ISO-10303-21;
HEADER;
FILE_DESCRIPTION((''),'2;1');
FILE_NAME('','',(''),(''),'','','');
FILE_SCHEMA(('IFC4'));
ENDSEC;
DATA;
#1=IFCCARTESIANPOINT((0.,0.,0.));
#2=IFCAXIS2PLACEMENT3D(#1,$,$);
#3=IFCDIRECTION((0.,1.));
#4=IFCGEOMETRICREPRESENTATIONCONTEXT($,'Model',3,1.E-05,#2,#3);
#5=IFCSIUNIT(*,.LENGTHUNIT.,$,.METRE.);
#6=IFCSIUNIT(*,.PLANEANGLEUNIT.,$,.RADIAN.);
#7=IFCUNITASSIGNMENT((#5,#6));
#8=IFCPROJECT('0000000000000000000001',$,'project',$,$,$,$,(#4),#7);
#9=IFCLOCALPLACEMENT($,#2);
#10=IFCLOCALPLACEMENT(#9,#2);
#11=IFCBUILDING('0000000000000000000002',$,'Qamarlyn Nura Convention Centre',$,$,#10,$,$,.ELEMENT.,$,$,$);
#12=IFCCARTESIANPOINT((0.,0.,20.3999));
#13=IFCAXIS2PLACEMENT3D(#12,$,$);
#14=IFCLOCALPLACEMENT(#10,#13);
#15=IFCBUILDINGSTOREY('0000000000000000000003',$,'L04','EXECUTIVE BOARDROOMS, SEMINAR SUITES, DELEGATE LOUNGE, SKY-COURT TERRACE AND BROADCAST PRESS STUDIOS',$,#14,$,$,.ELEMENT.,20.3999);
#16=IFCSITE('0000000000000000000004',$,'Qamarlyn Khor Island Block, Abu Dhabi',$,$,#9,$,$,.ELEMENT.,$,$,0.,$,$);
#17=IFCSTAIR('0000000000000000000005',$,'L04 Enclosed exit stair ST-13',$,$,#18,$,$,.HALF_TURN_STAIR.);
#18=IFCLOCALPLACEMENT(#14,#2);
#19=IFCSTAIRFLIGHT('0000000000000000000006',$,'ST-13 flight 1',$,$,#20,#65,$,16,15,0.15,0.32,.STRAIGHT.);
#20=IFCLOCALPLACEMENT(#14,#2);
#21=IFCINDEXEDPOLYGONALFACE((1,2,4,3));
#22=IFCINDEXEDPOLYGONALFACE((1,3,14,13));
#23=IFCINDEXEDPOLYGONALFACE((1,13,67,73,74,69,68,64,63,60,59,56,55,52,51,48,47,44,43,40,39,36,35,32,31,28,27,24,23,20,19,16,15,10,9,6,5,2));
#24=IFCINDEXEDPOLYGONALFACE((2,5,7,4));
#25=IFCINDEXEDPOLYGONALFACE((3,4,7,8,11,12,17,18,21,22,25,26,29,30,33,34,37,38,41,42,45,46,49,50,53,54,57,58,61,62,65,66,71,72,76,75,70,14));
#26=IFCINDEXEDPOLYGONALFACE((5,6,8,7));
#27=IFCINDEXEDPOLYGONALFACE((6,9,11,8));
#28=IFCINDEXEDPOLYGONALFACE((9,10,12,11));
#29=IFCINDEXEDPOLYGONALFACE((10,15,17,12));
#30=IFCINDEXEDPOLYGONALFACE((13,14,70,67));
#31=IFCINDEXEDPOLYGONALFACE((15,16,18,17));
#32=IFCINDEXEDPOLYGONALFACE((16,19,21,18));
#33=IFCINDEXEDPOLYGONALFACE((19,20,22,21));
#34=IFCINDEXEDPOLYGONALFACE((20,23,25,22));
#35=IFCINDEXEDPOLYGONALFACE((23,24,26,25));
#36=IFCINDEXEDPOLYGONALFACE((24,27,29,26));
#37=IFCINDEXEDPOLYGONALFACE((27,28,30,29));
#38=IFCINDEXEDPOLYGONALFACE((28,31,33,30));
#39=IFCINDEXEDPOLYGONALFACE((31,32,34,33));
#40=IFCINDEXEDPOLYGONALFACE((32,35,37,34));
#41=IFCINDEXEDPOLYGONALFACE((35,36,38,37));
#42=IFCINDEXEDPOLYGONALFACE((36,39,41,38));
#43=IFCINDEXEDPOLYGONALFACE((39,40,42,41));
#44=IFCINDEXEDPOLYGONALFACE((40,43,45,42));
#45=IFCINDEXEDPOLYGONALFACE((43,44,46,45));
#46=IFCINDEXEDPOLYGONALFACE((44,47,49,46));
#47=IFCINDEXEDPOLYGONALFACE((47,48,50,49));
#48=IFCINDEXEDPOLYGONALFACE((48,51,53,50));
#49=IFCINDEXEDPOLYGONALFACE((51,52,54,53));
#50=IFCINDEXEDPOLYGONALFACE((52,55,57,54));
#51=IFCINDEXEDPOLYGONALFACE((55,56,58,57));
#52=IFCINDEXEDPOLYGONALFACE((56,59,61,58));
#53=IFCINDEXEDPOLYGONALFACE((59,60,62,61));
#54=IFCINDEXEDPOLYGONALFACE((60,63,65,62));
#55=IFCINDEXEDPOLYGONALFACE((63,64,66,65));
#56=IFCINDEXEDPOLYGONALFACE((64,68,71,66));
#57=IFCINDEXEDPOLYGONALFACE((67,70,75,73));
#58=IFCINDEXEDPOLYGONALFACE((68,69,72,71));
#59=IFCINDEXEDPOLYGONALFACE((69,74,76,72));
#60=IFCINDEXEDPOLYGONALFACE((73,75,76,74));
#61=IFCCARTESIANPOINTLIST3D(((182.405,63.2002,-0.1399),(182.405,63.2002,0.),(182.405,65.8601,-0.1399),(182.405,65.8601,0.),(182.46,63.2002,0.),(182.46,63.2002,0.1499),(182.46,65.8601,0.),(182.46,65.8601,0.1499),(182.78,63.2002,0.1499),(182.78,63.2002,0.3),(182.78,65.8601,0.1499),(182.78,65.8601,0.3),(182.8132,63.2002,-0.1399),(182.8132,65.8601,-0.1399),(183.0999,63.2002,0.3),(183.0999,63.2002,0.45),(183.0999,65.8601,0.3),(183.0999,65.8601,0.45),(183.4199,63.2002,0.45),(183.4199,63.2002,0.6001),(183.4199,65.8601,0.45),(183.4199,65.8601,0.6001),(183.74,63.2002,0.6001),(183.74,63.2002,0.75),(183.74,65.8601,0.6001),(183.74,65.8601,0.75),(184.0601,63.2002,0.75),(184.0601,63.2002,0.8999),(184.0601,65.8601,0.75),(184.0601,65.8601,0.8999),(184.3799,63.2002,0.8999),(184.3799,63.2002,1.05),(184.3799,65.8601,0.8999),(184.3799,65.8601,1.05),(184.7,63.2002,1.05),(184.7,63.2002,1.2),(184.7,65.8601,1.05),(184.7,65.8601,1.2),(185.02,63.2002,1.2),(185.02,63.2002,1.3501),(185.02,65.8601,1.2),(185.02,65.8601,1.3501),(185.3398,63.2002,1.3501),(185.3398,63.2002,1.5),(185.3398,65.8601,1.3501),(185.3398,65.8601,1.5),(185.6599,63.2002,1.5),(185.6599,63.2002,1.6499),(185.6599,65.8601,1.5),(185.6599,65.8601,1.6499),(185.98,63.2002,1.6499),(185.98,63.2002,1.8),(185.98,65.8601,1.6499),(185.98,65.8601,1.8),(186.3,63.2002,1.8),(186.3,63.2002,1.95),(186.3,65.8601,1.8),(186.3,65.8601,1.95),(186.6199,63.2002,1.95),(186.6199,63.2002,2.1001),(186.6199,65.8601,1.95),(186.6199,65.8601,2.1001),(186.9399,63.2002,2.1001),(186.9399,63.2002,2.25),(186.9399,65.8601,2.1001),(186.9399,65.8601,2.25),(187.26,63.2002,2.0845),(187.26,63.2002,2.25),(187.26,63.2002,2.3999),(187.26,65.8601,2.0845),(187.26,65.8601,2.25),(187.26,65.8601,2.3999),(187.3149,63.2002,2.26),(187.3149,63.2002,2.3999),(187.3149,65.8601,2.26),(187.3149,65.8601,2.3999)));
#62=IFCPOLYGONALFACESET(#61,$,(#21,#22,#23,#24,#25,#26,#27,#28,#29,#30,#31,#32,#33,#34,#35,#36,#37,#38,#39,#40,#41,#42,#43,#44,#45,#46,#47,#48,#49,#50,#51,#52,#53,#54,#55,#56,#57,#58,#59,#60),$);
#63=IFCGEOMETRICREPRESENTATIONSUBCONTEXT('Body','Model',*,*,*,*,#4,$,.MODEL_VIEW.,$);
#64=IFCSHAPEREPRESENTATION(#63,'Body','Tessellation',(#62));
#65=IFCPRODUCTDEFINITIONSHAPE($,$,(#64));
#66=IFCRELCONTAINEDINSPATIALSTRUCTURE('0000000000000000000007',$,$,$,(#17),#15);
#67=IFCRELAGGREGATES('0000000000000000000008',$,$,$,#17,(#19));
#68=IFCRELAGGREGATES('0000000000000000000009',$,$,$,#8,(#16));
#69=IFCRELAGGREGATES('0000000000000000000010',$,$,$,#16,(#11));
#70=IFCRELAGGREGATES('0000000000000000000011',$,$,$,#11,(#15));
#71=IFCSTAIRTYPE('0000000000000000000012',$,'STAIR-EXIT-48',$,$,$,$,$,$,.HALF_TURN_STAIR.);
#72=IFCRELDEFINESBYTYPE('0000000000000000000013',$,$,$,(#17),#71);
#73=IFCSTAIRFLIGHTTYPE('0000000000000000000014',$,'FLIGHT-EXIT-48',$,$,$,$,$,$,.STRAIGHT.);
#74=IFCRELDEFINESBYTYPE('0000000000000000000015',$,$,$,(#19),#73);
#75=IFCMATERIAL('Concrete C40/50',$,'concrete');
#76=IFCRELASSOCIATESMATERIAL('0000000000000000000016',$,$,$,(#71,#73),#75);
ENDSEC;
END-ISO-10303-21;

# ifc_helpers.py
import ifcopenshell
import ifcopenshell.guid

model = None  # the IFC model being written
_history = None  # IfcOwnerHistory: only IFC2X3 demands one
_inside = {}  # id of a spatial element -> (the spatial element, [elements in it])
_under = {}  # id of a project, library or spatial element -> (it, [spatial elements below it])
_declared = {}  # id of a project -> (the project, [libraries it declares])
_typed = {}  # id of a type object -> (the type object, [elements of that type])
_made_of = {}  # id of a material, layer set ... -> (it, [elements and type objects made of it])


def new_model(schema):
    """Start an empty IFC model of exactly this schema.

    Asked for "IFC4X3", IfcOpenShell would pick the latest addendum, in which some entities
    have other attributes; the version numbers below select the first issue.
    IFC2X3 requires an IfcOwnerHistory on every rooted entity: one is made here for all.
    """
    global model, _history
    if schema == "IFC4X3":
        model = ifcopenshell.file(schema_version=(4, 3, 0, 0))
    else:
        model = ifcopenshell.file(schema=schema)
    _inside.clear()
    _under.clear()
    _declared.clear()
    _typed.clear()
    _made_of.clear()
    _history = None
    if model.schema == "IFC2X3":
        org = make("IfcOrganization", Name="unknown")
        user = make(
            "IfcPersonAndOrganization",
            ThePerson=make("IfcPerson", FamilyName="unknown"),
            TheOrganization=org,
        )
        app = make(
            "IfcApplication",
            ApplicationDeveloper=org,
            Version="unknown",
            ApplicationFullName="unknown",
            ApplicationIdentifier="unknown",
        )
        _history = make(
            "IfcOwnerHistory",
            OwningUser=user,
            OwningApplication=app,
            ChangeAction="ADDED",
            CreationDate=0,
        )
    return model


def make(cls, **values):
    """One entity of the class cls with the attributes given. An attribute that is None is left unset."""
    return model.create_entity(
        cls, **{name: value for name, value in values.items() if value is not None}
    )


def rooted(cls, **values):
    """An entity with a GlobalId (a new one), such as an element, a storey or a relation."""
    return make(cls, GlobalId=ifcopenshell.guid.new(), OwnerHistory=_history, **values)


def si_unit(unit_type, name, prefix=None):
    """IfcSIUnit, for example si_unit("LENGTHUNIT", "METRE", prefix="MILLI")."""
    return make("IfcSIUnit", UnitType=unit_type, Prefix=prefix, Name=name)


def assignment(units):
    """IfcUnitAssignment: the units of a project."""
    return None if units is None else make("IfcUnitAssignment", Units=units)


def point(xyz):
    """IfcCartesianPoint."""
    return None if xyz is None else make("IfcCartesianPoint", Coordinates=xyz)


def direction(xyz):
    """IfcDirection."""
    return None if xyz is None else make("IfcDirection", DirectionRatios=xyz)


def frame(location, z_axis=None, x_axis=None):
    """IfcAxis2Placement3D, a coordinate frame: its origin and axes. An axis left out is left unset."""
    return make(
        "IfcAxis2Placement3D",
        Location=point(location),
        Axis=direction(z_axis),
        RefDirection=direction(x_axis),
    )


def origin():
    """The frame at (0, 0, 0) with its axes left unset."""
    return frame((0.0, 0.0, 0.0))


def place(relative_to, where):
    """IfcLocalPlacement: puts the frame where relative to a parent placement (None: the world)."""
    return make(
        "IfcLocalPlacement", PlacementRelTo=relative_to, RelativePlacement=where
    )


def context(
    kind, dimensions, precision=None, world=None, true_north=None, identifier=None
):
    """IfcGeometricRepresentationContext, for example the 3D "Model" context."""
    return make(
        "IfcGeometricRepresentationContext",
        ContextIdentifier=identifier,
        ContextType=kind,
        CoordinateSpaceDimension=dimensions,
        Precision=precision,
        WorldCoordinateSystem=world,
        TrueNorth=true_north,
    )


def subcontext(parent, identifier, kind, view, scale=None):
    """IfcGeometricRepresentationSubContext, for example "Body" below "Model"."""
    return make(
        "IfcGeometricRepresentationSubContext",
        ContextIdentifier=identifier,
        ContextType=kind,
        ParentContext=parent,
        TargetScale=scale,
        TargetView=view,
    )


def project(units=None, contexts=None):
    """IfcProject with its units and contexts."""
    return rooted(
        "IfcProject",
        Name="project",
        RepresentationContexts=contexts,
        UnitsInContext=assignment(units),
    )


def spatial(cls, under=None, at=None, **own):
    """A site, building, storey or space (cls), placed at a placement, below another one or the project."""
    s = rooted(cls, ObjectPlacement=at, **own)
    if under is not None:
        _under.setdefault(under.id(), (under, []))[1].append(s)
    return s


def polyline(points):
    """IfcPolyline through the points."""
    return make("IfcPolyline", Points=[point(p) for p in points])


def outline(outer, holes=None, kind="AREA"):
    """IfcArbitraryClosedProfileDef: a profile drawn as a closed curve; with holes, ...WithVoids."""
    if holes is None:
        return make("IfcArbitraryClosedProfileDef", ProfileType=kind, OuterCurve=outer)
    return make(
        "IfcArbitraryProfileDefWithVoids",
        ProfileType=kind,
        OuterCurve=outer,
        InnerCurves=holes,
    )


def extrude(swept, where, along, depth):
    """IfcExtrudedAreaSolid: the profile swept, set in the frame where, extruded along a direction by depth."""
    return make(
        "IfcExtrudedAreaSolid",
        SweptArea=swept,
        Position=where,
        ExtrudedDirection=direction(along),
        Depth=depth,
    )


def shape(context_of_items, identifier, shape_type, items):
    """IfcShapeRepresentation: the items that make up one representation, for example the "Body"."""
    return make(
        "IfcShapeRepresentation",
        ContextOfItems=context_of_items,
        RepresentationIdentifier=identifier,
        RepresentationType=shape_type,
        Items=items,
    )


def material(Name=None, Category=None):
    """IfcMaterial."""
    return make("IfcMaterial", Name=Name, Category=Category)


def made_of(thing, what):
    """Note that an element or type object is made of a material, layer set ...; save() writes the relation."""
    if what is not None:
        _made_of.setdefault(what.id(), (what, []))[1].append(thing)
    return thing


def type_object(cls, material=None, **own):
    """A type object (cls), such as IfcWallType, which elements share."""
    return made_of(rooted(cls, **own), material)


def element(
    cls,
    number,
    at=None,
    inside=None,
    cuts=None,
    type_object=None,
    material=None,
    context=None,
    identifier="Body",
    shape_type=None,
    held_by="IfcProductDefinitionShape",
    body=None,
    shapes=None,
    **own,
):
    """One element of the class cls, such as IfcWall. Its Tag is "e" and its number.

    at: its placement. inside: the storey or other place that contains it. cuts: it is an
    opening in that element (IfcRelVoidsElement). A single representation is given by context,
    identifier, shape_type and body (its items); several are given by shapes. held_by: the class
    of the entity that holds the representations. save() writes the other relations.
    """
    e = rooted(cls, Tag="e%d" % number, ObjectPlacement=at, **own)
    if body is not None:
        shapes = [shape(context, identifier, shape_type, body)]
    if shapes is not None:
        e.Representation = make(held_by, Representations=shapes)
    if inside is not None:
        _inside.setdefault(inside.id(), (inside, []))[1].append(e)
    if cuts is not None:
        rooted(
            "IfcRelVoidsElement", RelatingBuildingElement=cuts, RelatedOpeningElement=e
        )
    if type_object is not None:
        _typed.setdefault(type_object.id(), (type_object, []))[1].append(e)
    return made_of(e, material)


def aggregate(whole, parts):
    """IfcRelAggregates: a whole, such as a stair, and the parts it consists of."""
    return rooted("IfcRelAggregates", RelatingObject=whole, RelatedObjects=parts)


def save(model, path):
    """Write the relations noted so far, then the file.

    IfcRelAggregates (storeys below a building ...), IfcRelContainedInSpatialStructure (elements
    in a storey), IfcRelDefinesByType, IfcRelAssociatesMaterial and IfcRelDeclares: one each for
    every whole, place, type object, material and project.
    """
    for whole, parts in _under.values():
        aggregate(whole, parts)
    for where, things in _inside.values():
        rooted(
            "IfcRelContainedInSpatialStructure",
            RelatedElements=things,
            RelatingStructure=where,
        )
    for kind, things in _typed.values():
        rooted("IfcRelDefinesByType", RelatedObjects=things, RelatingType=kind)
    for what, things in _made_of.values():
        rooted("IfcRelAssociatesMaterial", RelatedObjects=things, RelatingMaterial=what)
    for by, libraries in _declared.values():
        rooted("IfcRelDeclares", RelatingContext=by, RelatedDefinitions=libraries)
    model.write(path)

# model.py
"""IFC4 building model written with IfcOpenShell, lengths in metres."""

from ifc_helpers import new_model, si_unit, direction, frame, origin, place, context, subcontext, project, spatial, polyline, outline, extrude, material, type_object, element, aggregate, save


model = new_model("IFC4")

# Units and contexts
model_context = context("Model", 3, precision=1e-05, world=origin(), true_north=direction((0.0, 1.0)))
body_context = subcontext(model_context, "Body", "Model", "MODEL_VIEW")
ifc_project = project(units=[si_unit("LENGTHUNIT", "METRE"), si_unit("PLANEANGLEUNIT", "RADIAN")], contexts=[model_context])

# Site, building, storey
site_placement = place(None, origin())
site = spatial("IfcSite", under=ifc_project, at=site_placement, Name="Qamarlyn Khor Island Block, Abu Dhabi", CompositionType="ELEMENT", RefElevation=0.0)
building_placement = place(site_placement, origin())
building = spatial("IfcBuilding", under=site, at=building_placement, Name="Qamarlyn Nura Convention Centre", CompositionType="ELEMENT")
storey_placement = place(building_placement, frame((0.0, 0.0, 20.3999)))
storey = spatial("IfcBuildingStorey", under=building, at=storey_placement, Name="L04", Description="EXECUTIVE BOARDROOMS, SEMINAR SUITES, DELEGATE LOUNGE, SKY-COURT TERRACE AND BROADCAST PRESS STUDIOS", CompositionType="ELEMENT", Elevation=20.3999)

# Stair, stair flight
ifc_material_1 = material(Name="Concrete C40/50", Category="concrete")
stair_type = type_object("IfcStairType", Name="STAIR-EXIT-48", PredefinedType="HALF_TURN_STAIR", material=ifc_material_1)
stair_flight_type = type_object("IfcStairFlightType", Name="FLIGHT-EXIT-48", PredefinedType="STRAIGHT", material=ifc_material_1)
stair_1_placement = place(storey_placement, origin())
stair_1 = element("IfcStair", 1, at=stair_1_placement, inside=storey, type_object=stair_type, Name="L04 Enclosed exit stair ST-13", PredefinedType="HALF_TURN_STAIR")
stair_flight_1_placement = place(storey_placement, frame((182.46, 64.53, 0.0), z_axis=(0.0, 0.0, 1.0), x_axis=(1.0, 0.0, 0.0)))
stair_flight_1 = element("IfcStairFlight", 2, at=stair_flight_1_placement, type_object=stair_flight_type, Name="ST-13 flight 1", NumberOfRisers=16, NumberOfTreads=15, PredefinedType="STRAIGHT", RiserHeight=0.15, TreadLength=0.32, context=body_context, shape_type="SweptSolid", body=[
    extrude(outline(polyline([(-0.0549, 0.0), (0.0, 0.0), (0.0, 0.1499), (0.3201, 0.1499), (0.3201, 0.3), (0.6399, 0.3), (0.6399, 0.45), (0.96, 0.45), (0.96, 0.6001), (1.28, 0.6001), (1.28, 0.75), (1.6001, 0.75), (1.6001, 0.8999), (1.9199, 0.8999), (1.9199, 1.05), (2.24, 1.05), (2.24, 1.2), (2.5601, 1.2), (2.5601, 1.3501), (2.8799, 1.3501), (2.8799, 1.5), (3.2, 1.5), (3.2, 1.6499), (3.52, 1.6499), (3.52, 1.8), (3.8401, 1.8), (3.8401, 1.95), (4.1599, 1.95), (4.1599, 2.1001), (4.48, 2.1001), (4.48, 2.25), (4.8, 2.25), (4.8, 2.3999), (4.855, 2.3999), (4.855, 2.26), (4.8, 2.0845), (0.3533, -0.1399), (-0.0549, -0.1399), (-0.0549, 0.0)])), frame((0.0, 1.3301, 0.0), z_axis=(0.0, -1.0, 0.0), x_axis=(1.0, 0.0, 0.0)), (0.0, 0.0, 1.0), 2.6599),
])
aggregate(stair_1, [stair_flight_1])

save(model, "model.ifc")
